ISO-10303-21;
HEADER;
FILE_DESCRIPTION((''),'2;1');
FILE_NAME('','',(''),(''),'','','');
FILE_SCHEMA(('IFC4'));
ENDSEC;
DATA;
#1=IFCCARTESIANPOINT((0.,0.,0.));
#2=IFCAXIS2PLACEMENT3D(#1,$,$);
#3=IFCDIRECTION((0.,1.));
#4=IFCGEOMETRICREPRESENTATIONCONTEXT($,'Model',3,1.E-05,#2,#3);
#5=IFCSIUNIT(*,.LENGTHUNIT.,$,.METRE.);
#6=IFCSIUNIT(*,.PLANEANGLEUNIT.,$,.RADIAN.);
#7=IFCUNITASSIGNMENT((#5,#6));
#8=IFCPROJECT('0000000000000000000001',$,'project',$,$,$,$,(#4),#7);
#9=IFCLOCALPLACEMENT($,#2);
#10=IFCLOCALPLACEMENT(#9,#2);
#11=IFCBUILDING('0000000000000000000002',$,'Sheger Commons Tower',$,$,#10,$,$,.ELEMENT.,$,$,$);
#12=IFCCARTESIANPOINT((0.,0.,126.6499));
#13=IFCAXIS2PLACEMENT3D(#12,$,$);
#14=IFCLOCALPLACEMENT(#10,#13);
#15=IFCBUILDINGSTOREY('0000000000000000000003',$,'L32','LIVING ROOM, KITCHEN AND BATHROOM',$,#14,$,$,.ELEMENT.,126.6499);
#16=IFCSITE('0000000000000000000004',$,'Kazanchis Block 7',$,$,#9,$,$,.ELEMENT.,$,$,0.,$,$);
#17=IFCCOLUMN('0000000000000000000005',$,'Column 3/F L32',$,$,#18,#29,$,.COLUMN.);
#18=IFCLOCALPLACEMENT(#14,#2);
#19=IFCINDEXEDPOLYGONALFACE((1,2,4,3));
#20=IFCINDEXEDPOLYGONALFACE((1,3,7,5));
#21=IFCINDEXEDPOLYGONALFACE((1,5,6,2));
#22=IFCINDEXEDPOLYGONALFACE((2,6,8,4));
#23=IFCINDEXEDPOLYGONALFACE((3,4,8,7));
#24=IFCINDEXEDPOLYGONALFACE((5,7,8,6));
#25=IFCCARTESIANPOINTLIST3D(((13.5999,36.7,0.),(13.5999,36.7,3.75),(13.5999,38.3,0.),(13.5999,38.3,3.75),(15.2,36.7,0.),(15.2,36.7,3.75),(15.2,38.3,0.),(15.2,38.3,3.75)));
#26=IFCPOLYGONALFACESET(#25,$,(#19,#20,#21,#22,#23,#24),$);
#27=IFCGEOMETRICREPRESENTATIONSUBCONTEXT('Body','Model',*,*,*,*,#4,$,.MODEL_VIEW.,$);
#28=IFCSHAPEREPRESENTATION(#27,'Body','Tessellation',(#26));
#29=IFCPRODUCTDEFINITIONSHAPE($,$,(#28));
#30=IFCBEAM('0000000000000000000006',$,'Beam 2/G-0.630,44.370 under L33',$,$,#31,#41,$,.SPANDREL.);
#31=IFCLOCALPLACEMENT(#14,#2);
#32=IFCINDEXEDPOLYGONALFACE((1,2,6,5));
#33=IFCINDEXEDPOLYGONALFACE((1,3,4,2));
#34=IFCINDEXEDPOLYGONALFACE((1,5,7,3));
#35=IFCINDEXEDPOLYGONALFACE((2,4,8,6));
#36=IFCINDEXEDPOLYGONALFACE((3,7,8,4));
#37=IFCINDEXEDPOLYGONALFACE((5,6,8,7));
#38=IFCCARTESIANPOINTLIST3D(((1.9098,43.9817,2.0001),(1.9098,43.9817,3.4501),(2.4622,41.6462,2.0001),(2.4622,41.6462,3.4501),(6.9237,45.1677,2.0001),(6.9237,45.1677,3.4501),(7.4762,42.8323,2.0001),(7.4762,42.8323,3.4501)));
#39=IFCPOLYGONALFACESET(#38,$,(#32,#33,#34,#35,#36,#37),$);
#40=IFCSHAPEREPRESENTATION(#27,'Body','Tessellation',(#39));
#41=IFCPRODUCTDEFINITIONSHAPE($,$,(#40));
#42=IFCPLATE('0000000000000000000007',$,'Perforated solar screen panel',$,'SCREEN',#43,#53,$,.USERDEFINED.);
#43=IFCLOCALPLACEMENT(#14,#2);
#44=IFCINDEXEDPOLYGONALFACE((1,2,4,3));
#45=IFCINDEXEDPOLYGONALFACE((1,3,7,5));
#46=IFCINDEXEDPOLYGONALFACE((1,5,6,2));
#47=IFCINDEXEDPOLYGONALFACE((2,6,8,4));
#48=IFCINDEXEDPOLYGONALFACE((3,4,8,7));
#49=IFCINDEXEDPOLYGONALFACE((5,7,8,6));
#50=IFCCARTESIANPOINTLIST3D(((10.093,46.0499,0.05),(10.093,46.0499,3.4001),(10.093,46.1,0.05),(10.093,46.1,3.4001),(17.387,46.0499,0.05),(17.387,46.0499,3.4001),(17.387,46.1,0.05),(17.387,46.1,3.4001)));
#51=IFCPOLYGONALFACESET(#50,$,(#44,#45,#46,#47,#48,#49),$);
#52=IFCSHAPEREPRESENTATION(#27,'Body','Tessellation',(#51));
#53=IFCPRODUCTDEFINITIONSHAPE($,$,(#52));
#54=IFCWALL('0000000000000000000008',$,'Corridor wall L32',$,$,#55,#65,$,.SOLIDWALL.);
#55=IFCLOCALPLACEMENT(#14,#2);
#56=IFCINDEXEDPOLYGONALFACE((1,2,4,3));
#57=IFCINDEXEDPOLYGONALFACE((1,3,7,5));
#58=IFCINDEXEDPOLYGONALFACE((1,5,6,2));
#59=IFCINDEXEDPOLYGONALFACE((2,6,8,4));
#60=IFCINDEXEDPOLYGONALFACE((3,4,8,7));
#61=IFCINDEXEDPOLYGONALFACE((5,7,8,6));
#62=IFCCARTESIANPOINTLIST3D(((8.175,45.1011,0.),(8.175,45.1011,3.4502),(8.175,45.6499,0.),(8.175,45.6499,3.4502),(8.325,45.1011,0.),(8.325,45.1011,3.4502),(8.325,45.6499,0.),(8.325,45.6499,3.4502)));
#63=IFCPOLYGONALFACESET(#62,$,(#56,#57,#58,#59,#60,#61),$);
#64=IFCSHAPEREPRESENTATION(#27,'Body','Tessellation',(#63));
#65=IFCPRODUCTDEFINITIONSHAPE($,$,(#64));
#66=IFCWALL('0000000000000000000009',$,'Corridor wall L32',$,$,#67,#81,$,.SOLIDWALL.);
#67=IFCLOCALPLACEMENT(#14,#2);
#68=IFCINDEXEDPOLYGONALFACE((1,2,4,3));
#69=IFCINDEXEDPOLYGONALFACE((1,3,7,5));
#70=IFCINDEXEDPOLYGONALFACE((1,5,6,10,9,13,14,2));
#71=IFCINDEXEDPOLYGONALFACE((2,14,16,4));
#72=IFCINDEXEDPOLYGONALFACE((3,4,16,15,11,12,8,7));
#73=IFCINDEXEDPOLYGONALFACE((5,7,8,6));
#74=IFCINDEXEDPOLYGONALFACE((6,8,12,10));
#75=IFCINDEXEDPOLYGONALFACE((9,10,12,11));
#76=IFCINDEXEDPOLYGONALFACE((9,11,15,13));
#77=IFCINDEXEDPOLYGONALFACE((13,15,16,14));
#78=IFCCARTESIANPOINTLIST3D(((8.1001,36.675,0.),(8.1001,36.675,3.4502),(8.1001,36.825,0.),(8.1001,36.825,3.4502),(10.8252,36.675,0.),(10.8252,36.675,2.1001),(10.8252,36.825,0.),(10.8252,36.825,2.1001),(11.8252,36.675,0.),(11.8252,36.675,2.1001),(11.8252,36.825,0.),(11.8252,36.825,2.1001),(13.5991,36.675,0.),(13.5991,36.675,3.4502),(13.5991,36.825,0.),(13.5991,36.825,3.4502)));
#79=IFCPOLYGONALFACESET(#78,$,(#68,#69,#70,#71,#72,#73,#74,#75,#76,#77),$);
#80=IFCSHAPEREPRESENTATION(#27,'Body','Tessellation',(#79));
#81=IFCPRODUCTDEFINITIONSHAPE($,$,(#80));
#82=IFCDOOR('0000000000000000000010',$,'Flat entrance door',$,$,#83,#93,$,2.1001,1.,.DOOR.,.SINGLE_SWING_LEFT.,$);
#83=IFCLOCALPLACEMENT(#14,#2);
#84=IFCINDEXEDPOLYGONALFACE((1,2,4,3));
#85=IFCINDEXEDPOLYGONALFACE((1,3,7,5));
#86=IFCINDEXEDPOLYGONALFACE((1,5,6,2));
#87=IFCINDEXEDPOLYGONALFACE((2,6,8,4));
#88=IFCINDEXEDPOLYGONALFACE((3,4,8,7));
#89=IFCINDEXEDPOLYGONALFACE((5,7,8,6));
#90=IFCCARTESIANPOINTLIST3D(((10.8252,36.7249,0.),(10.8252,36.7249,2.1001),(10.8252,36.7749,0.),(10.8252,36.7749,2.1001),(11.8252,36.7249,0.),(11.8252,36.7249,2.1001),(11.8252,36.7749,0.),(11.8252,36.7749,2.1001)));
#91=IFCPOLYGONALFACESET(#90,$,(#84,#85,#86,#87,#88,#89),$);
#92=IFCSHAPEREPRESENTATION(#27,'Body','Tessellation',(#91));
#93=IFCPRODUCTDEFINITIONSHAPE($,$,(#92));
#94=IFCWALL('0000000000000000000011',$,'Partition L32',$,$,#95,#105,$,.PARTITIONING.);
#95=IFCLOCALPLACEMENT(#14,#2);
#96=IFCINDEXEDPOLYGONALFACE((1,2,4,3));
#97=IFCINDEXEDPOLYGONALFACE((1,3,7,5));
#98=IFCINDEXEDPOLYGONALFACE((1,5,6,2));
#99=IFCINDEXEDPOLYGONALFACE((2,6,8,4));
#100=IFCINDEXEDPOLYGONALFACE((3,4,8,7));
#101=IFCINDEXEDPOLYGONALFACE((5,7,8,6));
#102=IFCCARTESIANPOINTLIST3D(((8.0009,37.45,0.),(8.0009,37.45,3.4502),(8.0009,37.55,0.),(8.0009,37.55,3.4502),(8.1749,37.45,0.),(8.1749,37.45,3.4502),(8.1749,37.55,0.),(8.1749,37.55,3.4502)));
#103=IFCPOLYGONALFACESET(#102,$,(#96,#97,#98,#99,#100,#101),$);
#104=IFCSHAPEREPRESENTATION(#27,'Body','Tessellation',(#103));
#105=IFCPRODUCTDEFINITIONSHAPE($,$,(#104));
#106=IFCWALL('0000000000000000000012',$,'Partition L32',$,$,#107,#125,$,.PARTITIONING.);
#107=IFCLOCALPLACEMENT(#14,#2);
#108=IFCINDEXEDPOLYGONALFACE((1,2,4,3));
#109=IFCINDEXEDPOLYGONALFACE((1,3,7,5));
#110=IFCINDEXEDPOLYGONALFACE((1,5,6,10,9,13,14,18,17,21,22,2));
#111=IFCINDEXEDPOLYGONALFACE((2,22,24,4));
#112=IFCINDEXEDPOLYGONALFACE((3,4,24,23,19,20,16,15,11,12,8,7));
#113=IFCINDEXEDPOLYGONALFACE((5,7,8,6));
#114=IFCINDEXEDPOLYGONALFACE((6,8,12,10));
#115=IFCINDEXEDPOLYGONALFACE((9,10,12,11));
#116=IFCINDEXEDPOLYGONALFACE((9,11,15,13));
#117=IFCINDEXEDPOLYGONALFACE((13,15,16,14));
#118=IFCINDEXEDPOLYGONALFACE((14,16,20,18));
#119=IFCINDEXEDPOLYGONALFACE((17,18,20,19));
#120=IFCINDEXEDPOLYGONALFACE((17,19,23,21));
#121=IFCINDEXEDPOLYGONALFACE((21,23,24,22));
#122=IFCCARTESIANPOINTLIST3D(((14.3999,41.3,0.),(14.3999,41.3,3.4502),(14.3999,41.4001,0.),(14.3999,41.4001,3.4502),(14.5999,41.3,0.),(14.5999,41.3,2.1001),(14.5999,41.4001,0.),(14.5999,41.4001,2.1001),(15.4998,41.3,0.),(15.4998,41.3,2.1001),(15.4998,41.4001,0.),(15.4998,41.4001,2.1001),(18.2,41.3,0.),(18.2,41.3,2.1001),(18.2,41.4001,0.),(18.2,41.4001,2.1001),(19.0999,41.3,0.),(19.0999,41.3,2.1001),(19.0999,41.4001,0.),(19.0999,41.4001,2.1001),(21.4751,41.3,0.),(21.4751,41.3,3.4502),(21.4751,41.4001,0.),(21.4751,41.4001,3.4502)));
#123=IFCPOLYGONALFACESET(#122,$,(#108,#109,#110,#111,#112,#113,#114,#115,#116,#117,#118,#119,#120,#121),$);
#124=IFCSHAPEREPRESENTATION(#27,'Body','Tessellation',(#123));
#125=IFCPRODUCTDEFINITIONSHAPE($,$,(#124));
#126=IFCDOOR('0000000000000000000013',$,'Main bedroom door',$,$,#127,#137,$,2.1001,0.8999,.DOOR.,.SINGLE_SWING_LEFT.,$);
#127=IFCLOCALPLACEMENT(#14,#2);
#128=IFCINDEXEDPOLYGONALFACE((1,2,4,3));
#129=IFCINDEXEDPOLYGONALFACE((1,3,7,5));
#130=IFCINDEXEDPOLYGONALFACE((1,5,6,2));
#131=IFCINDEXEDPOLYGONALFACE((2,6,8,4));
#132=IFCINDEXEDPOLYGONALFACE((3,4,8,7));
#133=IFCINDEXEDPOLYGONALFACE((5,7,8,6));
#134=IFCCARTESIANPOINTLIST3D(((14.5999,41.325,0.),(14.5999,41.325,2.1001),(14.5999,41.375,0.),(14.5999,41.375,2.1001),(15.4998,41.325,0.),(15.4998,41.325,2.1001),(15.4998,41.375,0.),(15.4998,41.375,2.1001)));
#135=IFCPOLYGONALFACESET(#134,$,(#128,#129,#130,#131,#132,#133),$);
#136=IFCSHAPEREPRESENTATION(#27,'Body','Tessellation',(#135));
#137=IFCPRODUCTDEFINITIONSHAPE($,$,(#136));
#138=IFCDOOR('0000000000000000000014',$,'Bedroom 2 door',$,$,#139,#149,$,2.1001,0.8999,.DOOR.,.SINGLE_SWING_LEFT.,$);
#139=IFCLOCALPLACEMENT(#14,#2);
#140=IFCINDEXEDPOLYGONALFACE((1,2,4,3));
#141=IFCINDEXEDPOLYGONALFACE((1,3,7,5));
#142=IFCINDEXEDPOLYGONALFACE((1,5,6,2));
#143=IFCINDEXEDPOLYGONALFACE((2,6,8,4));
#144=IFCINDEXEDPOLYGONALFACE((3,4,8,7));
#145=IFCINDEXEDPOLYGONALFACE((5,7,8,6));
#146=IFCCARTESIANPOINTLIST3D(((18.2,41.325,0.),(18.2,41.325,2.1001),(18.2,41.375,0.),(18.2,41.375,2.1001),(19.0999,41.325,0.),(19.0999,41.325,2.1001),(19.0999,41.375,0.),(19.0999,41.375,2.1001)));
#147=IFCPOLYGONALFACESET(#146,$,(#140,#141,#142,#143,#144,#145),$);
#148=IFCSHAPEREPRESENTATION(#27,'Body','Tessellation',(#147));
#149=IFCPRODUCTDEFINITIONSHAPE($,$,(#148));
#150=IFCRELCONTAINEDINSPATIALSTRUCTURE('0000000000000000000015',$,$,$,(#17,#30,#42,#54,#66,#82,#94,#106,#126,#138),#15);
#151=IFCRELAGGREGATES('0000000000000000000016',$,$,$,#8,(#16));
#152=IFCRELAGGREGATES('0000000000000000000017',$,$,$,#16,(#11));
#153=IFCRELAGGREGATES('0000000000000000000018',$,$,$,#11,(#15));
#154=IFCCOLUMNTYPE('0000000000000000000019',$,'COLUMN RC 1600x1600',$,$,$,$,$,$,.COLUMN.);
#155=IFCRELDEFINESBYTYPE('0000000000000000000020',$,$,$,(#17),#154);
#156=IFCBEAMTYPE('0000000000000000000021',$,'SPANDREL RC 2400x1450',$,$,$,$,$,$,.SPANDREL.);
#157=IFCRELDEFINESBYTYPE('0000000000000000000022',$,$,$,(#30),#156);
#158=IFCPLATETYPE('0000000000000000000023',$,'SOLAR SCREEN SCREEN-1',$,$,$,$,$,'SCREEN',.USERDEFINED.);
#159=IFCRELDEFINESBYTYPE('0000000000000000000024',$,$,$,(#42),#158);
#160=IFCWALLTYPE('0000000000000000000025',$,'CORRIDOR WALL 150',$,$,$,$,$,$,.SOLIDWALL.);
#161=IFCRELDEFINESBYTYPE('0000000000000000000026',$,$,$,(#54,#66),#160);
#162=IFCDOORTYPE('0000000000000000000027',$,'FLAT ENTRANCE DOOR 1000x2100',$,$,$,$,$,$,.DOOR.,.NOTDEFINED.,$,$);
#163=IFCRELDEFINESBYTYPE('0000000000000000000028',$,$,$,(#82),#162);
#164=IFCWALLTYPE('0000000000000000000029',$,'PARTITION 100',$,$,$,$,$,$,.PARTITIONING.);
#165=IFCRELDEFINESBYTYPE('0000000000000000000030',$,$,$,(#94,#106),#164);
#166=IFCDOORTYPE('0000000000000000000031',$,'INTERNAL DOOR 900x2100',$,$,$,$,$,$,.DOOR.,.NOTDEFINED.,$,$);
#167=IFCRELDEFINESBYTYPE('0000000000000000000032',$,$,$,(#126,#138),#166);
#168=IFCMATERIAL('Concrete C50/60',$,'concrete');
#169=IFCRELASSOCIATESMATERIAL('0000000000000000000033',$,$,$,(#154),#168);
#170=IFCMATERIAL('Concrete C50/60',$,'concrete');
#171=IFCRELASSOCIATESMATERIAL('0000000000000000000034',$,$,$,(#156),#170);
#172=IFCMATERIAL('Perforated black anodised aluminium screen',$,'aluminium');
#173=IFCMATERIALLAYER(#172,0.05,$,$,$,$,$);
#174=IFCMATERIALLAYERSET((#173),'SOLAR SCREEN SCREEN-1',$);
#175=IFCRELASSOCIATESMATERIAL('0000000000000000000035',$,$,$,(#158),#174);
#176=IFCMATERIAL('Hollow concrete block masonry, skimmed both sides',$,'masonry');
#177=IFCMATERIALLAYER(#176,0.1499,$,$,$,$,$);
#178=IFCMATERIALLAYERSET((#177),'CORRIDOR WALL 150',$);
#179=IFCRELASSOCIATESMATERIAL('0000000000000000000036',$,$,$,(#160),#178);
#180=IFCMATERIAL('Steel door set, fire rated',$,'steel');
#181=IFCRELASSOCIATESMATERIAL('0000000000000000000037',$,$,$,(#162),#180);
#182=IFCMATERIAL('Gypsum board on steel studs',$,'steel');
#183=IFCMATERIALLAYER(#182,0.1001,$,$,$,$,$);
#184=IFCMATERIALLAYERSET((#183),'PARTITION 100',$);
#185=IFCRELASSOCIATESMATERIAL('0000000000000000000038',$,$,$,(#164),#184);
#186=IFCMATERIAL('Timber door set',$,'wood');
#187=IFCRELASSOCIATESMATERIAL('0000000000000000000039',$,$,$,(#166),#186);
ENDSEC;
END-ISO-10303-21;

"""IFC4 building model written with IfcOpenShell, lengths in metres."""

from ifc_helpers import new_model, si_unit, direction, frame, frame_2d, origin, origin_2d, place, context, subcontext, project, spatial, rectangle, extrude, material, layer, layer_set, material_profile, profile_set, type_object, element, fill, save


model = new_model("IFC4")

# Units and contexts
model_context = context("Model", 3, precision=1e-05, world=origin(), true_north=direction((0.0, 1.0)))
body_context = subcontext(model_context, "Body", "Model", "MODEL_VIEW")
ifc_project = project(units=[si_unit("LENGTHUNIT", "METRE"), si_unit("PLANEANGLEUNIT", "RADIAN")], contexts=[model_context])

# Site, building, storey
site_placement = place(None, origin())
site = spatial("IfcSite", under=ifc_project, at=site_placement, Name="Kazanchis Block 7", CompositionType="ELEMENT", RefElevation=0.0)
building_placement = place(site_placement, origin())
building = spatial("IfcBuilding", under=site, at=building_placement, Name="Sheger Commons Tower", CompositionType="ELEMENT")
storey_placement = place(building_placement, frame((0.0, 0.0, 126.6499)))
storey = spatial("IfcBuildingStorey", under=building, at=storey_placement, Name="L32", Description="LIVING ROOM, KITCHEN AND BATHROOM", CompositionType="ELEMENT", Elevation=126.6499)

# Column
ifc_material_1 = material(Name="Concrete C50/60", Category="concrete")
ifc_material_profile_1 = material_profile(ifc_material_1, rectangle(XDim=1.6001, YDim=1.6001, at=origin_2d()), Name="RC 1600x1600")
ifc_profile_set_1 = profile_set([ifc_material_profile_1], Name="Concrete C50/60")
column_type = type_object("IfcColumnType", Name="COLUMN RC 1600x1600", PredefinedType="COLUMN", material=ifc_profile_set_1)
column_placement = place(storey_placement, frame((14.3999, 37.5, 0.0), z_axis=(0.0, 0.0, 1.0), x_axis=(1.0, 0.0, 0.0)))
element("IfcColumn", 1, at=column_placement, inside=storey, type_object=column_type, Name="Column 3/F L32", PredefinedType="COLUMN", context=body_context, shape_type="SweptSolid", body=[
    extrude(rectangle(XDim=1.6001, YDim=1.6001, at=origin_2d()), origin(), (0.0, 0.0, 1.0), 3.75),
])

# Beam
ifc_material_2 = material(Name="Concrete C50/60", Category="concrete")
ifc_material_profile_2 = material_profile(ifc_material_2, rectangle(XDim=2.3999, YDim=1.45, at=origin_2d()), Name="RC 2400x1450")
ifc_profile_set_2 = profile_set([ifc_material_profile_2], Name="Concrete C50/60")
beam_type = type_object("IfcBeamType", Name="SPANDREL RC 2400x1450", PredefinedType="SPANDREL", material=ifc_profile_set_2)
beam_placement = place(storey_placement, frame((7.2, 44.0, 2.7251), z_axis=(-0.973144, -0.230196, 0.0), x_axis=(0.230196, -0.973144, 0.0)))
element("IfcBeam", 2, at=beam_placement, inside=storey, type_object=beam_type, Name="Beam 2/G-0.630,44.370 under L33", PredefinedType="SPANDREL", context=body_context, shape_type="SweptSolid", body=[
    extrude(rectangle(XDim=2.3999, YDim=1.45, at=origin_2d()), origin(), (0.0, 0.0, 1.0), 5.1523),
])

# Plate
ifc_material_3 = material(Name="Perforated black anodised aluminium screen", Category="aluminium")
ifc_layer_1 = layer(ifc_material_3, 0.05)
ifc_layer_set_1 = layer_set([ifc_layer_1], Name="SOLAR SCREEN SCREEN-1")
plate_type = type_object("IfcPlateType", Name="SOLAR SCREEN SCREEN-1", ElementType="SCREEN", PredefinedType="USERDEFINED", material=ifc_layer_set_1)
plate_placement = place(storey_placement, frame((13.74, 46.075, 0.05), z_axis=(0.0, 0.0, 1.0), x_axis=(-1.0, 0.0, 0.0)))
element("IfcPlate", 3, at=plate_placement, inside=storey, type_object=plate_type, Name="Perforated solar screen panel", ObjectType="SCREEN", PredefinedType="USERDEFINED", context=body_context, shape_type="SweptSolid", body=[
    extrude(rectangle(XDim=7.2939, YDim=0.05, at=origin_2d()), origin(), (0.0, 0.0, 1.0), 3.3501),
])

# Wall
ifc_material_4 = material(Name="Hollow concrete block masonry, skimmed both sides", Category="masonry")
ifc_layer_2 = layer(ifc_material_4, 0.1499)
ifc_layer_set_2 = layer_set([ifc_layer_2], Name="CORRIDOR WALL 150")
wall_type_1 = type_object("IfcWallType", Name="CORRIDOR WALL 150", PredefinedType="SOLIDWALL", material=ifc_layer_set_2)
wall_1_placement = place(storey_placement, frame((8.25, 45.1011, 0.0), z_axis=(0.0, 0.0, 1.0), x_axis=(0.0, 1.0, 0.0)))
element("IfcWall", 4, at=wall_1_placement, inside=storey, type_object=wall_type_1, Name="Corridor wall L32", PredefinedType="SOLIDWALL", context=body_context, shape_type="SweptSolid", body=[
    extrude(rectangle(XDim=0.5488, YDim=0.1499, at=frame_2d((0.2744, 0.0))), origin(), (0.0, 0.0, 1.0), 3.4502),
])

# Wall, opening, door
wall_2_placement = place(storey_placement, frame((8.1001, 36.75, 0.0), z_axis=(0.0, 0.0, 1.0), x_axis=(1.0, 0.0, 0.0)))
wall_2 = element("IfcWall", 5, at=wall_2_placement, inside=storey, type_object=wall_type_1, Name="Corridor wall L32", PredefinedType="SOLIDWALL", context=body_context, shape_type="SweptSolid", body=[
    extrude(rectangle(XDim=5.499, YDim=0.1499, at=frame_2d((2.7495, 0.0))), origin(), (0.0, 0.0, 1.0), 3.4502),
])
opening_1_placement = place(wall_2_placement, frame((2.7251, 0.0, 0.0)))
opening_1 = element("IfcOpeningElement", 6, at=opening_1_placement, cuts=wall_2, PredefinedType="OPENING", context=body_context, shape_type="SweptSolid", body=[
    extrude(rectangle(XDim=1.0, YDim=2.1001, at=frame_2d((0.5, 1.05))), frame((0.0, 0.085, 0.0), z_axis=(0.0, -1.0, 0.0), x_axis=(1.0, 0.0, 0.0)), (0.0, 0.0, 1.0), 0.1699),
])
ifc_material_5 = material(Name="Steel door set, fire rated", Category="steel")
door_type_1 = type_object("IfcDoorType", Name="FLAT ENTRANCE DOOR 1000x2100", OperationType="NOTDEFINED", PredefinedType="DOOR", material=ifc_material_5)
door_1_placement = place(opening_1_placement, origin())
door_1 = element("IfcDoor", 7, at=door_1_placement, inside=storey, type_object=door_type_1, Name="Flat entrance door", OperationType="SINGLE_SWING_LEFT", OverallHeight=2.1001, OverallWidth=1.0, PredefinedType="DOOR", context=body_context, shape_type="SweptSolid", body=[
    extrude(rectangle(XDim=1.0, YDim=2.1001, at=frame_2d((0.5, 1.05))), frame((0.0, 0.0249, 0.0), z_axis=(0.0, -1.0, 0.0), x_axis=(1.0, 0.0, 0.0)), (0.0, 0.0, 1.0), 0.05),
])
fill(opening_1, door_1)

# Wall
ifc_material_6 = material(Name="Gypsum board on steel studs", Category="steel")
ifc_layer_3 = layer(ifc_material_6, 0.1001)
ifc_layer_set_3 = layer_set([ifc_layer_3], Name="PARTITION 100")
wall_type_2 = type_object("IfcWallType", Name="PARTITION 100", PredefinedType="PARTITIONING", material=ifc_layer_set_3)
wall_3_placement = place(storey_placement, frame((8.001, 37.5, 0.0), z_axis=(0.0, 0.0, 1.0), x_axis=(1.0, 0.0, 0.0)))
element("IfcWall", 8, at=wall_3_placement, inside=storey, type_object=wall_type_2, Name="Partition L32", PredefinedType="PARTITIONING", context=body_context, shape_type="SweptSolid", body=[
    extrude(rectangle(XDim=0.1741, YDim=0.1001, at=frame_2d((0.0869, 0.0))), origin(), (0.0, 0.0, 1.0), 3.4502),
])

# Wall, openings, doors
wall_4_placement = place(storey_placement, frame((14.3999, 41.3501, 0.0), z_axis=(0.0, 0.0, 1.0), x_axis=(1.0, 0.0, 0.0)))
wall_4 = element("IfcWall", 9, at=wall_4_placement, inside=storey, type_object=wall_type_2, Name="Partition L32", PredefinedType="PARTITIONING", context=body_context, shape_type="SweptSolid", body=[
    extrude(rectangle(XDim=7.0752, YDim=0.1001, at=frame_2d((3.5376, 0.0))), origin(), (0.0, 0.0, 1.0), 3.4502),
])
opening_2_placement = place(wall_4_placement, frame((0.2, 0.0, 0.0)))
opening_2 = element("IfcOpeningElement", 10, at=opening_2_placement, cuts=wall_4, PredefinedType="OPENING", context=body_context, shape_type="SweptSolid", body=[
    extrude(rectangle(XDim=0.8999, YDim=2.1001, at=frame_2d((0.45, 1.05))), frame((0.0, 0.0601, 0.0), z_axis=(0.0, -1.0, 0.0), x_axis=(1.0, 0.0, 0.0)), (0.0, 0.0, 1.0), 0.1201),
])
opening_3_placement = place(wall_4_placement, frame((3.8, 0.0, 0.0)))
opening_3 = element("IfcOpeningElement", 11, at=opening_3_placement, cuts=wall_4, PredefinedType="OPENING", context=body_context, shape_type="SweptSolid", body=[
    extrude(rectangle(XDim=0.8999, YDim=2.1001, at=frame_2d((0.45, 1.05))), frame((0.0, 0.0601, 0.0), z_axis=(0.0, -1.0, 0.0), x_axis=(1.0, 0.0, 0.0)), (0.0, 0.0, 1.0), 0.1201),
])
ifc_material_7 = material(Name="Timber door set", Category="wood")
door_type_2 = type_object("IfcDoorType", Name="INTERNAL DOOR 900x2100", OperationType="NOTDEFINED", PredefinedType="DOOR", material=ifc_material_7)
door_2_placement = place(opening_2_placement, origin())
door_2 = element("IfcDoor", 12, at=door_2_placement, inside=storey, type_object=door_type_2, Name="Main bedroom door", OperationType="SINGLE_SWING_LEFT", OverallHeight=2.1001, OverallWidth=0.8999, PredefinedType="DOOR", context=body_context, shape_type="SweptSolid", body=[
    extrude(rectangle(XDim=0.8999, YDim=2.1001, at=frame_2d((0.45, 1.05))), frame((0.0, 0.0249, 0.0), z_axis=(0.0, -1.0, 0.0), x_axis=(1.0, 0.0, 0.0)), (0.0, 0.0, 1.0), 0.05),
])
fill(opening_2, door_2)
door_3_placement = place(opening_3_placement, origin())
door_3 = element("IfcDoor", 13, at=door_3_placement, inside=storey, type_object=door_type_2, Name="Bedroom 2 door", OperationType="SINGLE_SWING_LEFT", OverallHeight=2.1001, OverallWidth=0.8999, PredefinedType="DOOR", context=body_context, shape_type="SweptSolid", body=[
    extrude(rectangle(XDim=0.8999, YDim=2.1001, at=frame_2d((0.45, 1.05))), frame((0.0, 0.0249, 0.0), z_axis=(0.0, -1.0, 0.0), x_axis=(1.0, 0.0, 0.0)), (0.0, 0.0, 1.0), 0.05),
])
fill(opening_3, door_3)

save(model, "model.ifc")
